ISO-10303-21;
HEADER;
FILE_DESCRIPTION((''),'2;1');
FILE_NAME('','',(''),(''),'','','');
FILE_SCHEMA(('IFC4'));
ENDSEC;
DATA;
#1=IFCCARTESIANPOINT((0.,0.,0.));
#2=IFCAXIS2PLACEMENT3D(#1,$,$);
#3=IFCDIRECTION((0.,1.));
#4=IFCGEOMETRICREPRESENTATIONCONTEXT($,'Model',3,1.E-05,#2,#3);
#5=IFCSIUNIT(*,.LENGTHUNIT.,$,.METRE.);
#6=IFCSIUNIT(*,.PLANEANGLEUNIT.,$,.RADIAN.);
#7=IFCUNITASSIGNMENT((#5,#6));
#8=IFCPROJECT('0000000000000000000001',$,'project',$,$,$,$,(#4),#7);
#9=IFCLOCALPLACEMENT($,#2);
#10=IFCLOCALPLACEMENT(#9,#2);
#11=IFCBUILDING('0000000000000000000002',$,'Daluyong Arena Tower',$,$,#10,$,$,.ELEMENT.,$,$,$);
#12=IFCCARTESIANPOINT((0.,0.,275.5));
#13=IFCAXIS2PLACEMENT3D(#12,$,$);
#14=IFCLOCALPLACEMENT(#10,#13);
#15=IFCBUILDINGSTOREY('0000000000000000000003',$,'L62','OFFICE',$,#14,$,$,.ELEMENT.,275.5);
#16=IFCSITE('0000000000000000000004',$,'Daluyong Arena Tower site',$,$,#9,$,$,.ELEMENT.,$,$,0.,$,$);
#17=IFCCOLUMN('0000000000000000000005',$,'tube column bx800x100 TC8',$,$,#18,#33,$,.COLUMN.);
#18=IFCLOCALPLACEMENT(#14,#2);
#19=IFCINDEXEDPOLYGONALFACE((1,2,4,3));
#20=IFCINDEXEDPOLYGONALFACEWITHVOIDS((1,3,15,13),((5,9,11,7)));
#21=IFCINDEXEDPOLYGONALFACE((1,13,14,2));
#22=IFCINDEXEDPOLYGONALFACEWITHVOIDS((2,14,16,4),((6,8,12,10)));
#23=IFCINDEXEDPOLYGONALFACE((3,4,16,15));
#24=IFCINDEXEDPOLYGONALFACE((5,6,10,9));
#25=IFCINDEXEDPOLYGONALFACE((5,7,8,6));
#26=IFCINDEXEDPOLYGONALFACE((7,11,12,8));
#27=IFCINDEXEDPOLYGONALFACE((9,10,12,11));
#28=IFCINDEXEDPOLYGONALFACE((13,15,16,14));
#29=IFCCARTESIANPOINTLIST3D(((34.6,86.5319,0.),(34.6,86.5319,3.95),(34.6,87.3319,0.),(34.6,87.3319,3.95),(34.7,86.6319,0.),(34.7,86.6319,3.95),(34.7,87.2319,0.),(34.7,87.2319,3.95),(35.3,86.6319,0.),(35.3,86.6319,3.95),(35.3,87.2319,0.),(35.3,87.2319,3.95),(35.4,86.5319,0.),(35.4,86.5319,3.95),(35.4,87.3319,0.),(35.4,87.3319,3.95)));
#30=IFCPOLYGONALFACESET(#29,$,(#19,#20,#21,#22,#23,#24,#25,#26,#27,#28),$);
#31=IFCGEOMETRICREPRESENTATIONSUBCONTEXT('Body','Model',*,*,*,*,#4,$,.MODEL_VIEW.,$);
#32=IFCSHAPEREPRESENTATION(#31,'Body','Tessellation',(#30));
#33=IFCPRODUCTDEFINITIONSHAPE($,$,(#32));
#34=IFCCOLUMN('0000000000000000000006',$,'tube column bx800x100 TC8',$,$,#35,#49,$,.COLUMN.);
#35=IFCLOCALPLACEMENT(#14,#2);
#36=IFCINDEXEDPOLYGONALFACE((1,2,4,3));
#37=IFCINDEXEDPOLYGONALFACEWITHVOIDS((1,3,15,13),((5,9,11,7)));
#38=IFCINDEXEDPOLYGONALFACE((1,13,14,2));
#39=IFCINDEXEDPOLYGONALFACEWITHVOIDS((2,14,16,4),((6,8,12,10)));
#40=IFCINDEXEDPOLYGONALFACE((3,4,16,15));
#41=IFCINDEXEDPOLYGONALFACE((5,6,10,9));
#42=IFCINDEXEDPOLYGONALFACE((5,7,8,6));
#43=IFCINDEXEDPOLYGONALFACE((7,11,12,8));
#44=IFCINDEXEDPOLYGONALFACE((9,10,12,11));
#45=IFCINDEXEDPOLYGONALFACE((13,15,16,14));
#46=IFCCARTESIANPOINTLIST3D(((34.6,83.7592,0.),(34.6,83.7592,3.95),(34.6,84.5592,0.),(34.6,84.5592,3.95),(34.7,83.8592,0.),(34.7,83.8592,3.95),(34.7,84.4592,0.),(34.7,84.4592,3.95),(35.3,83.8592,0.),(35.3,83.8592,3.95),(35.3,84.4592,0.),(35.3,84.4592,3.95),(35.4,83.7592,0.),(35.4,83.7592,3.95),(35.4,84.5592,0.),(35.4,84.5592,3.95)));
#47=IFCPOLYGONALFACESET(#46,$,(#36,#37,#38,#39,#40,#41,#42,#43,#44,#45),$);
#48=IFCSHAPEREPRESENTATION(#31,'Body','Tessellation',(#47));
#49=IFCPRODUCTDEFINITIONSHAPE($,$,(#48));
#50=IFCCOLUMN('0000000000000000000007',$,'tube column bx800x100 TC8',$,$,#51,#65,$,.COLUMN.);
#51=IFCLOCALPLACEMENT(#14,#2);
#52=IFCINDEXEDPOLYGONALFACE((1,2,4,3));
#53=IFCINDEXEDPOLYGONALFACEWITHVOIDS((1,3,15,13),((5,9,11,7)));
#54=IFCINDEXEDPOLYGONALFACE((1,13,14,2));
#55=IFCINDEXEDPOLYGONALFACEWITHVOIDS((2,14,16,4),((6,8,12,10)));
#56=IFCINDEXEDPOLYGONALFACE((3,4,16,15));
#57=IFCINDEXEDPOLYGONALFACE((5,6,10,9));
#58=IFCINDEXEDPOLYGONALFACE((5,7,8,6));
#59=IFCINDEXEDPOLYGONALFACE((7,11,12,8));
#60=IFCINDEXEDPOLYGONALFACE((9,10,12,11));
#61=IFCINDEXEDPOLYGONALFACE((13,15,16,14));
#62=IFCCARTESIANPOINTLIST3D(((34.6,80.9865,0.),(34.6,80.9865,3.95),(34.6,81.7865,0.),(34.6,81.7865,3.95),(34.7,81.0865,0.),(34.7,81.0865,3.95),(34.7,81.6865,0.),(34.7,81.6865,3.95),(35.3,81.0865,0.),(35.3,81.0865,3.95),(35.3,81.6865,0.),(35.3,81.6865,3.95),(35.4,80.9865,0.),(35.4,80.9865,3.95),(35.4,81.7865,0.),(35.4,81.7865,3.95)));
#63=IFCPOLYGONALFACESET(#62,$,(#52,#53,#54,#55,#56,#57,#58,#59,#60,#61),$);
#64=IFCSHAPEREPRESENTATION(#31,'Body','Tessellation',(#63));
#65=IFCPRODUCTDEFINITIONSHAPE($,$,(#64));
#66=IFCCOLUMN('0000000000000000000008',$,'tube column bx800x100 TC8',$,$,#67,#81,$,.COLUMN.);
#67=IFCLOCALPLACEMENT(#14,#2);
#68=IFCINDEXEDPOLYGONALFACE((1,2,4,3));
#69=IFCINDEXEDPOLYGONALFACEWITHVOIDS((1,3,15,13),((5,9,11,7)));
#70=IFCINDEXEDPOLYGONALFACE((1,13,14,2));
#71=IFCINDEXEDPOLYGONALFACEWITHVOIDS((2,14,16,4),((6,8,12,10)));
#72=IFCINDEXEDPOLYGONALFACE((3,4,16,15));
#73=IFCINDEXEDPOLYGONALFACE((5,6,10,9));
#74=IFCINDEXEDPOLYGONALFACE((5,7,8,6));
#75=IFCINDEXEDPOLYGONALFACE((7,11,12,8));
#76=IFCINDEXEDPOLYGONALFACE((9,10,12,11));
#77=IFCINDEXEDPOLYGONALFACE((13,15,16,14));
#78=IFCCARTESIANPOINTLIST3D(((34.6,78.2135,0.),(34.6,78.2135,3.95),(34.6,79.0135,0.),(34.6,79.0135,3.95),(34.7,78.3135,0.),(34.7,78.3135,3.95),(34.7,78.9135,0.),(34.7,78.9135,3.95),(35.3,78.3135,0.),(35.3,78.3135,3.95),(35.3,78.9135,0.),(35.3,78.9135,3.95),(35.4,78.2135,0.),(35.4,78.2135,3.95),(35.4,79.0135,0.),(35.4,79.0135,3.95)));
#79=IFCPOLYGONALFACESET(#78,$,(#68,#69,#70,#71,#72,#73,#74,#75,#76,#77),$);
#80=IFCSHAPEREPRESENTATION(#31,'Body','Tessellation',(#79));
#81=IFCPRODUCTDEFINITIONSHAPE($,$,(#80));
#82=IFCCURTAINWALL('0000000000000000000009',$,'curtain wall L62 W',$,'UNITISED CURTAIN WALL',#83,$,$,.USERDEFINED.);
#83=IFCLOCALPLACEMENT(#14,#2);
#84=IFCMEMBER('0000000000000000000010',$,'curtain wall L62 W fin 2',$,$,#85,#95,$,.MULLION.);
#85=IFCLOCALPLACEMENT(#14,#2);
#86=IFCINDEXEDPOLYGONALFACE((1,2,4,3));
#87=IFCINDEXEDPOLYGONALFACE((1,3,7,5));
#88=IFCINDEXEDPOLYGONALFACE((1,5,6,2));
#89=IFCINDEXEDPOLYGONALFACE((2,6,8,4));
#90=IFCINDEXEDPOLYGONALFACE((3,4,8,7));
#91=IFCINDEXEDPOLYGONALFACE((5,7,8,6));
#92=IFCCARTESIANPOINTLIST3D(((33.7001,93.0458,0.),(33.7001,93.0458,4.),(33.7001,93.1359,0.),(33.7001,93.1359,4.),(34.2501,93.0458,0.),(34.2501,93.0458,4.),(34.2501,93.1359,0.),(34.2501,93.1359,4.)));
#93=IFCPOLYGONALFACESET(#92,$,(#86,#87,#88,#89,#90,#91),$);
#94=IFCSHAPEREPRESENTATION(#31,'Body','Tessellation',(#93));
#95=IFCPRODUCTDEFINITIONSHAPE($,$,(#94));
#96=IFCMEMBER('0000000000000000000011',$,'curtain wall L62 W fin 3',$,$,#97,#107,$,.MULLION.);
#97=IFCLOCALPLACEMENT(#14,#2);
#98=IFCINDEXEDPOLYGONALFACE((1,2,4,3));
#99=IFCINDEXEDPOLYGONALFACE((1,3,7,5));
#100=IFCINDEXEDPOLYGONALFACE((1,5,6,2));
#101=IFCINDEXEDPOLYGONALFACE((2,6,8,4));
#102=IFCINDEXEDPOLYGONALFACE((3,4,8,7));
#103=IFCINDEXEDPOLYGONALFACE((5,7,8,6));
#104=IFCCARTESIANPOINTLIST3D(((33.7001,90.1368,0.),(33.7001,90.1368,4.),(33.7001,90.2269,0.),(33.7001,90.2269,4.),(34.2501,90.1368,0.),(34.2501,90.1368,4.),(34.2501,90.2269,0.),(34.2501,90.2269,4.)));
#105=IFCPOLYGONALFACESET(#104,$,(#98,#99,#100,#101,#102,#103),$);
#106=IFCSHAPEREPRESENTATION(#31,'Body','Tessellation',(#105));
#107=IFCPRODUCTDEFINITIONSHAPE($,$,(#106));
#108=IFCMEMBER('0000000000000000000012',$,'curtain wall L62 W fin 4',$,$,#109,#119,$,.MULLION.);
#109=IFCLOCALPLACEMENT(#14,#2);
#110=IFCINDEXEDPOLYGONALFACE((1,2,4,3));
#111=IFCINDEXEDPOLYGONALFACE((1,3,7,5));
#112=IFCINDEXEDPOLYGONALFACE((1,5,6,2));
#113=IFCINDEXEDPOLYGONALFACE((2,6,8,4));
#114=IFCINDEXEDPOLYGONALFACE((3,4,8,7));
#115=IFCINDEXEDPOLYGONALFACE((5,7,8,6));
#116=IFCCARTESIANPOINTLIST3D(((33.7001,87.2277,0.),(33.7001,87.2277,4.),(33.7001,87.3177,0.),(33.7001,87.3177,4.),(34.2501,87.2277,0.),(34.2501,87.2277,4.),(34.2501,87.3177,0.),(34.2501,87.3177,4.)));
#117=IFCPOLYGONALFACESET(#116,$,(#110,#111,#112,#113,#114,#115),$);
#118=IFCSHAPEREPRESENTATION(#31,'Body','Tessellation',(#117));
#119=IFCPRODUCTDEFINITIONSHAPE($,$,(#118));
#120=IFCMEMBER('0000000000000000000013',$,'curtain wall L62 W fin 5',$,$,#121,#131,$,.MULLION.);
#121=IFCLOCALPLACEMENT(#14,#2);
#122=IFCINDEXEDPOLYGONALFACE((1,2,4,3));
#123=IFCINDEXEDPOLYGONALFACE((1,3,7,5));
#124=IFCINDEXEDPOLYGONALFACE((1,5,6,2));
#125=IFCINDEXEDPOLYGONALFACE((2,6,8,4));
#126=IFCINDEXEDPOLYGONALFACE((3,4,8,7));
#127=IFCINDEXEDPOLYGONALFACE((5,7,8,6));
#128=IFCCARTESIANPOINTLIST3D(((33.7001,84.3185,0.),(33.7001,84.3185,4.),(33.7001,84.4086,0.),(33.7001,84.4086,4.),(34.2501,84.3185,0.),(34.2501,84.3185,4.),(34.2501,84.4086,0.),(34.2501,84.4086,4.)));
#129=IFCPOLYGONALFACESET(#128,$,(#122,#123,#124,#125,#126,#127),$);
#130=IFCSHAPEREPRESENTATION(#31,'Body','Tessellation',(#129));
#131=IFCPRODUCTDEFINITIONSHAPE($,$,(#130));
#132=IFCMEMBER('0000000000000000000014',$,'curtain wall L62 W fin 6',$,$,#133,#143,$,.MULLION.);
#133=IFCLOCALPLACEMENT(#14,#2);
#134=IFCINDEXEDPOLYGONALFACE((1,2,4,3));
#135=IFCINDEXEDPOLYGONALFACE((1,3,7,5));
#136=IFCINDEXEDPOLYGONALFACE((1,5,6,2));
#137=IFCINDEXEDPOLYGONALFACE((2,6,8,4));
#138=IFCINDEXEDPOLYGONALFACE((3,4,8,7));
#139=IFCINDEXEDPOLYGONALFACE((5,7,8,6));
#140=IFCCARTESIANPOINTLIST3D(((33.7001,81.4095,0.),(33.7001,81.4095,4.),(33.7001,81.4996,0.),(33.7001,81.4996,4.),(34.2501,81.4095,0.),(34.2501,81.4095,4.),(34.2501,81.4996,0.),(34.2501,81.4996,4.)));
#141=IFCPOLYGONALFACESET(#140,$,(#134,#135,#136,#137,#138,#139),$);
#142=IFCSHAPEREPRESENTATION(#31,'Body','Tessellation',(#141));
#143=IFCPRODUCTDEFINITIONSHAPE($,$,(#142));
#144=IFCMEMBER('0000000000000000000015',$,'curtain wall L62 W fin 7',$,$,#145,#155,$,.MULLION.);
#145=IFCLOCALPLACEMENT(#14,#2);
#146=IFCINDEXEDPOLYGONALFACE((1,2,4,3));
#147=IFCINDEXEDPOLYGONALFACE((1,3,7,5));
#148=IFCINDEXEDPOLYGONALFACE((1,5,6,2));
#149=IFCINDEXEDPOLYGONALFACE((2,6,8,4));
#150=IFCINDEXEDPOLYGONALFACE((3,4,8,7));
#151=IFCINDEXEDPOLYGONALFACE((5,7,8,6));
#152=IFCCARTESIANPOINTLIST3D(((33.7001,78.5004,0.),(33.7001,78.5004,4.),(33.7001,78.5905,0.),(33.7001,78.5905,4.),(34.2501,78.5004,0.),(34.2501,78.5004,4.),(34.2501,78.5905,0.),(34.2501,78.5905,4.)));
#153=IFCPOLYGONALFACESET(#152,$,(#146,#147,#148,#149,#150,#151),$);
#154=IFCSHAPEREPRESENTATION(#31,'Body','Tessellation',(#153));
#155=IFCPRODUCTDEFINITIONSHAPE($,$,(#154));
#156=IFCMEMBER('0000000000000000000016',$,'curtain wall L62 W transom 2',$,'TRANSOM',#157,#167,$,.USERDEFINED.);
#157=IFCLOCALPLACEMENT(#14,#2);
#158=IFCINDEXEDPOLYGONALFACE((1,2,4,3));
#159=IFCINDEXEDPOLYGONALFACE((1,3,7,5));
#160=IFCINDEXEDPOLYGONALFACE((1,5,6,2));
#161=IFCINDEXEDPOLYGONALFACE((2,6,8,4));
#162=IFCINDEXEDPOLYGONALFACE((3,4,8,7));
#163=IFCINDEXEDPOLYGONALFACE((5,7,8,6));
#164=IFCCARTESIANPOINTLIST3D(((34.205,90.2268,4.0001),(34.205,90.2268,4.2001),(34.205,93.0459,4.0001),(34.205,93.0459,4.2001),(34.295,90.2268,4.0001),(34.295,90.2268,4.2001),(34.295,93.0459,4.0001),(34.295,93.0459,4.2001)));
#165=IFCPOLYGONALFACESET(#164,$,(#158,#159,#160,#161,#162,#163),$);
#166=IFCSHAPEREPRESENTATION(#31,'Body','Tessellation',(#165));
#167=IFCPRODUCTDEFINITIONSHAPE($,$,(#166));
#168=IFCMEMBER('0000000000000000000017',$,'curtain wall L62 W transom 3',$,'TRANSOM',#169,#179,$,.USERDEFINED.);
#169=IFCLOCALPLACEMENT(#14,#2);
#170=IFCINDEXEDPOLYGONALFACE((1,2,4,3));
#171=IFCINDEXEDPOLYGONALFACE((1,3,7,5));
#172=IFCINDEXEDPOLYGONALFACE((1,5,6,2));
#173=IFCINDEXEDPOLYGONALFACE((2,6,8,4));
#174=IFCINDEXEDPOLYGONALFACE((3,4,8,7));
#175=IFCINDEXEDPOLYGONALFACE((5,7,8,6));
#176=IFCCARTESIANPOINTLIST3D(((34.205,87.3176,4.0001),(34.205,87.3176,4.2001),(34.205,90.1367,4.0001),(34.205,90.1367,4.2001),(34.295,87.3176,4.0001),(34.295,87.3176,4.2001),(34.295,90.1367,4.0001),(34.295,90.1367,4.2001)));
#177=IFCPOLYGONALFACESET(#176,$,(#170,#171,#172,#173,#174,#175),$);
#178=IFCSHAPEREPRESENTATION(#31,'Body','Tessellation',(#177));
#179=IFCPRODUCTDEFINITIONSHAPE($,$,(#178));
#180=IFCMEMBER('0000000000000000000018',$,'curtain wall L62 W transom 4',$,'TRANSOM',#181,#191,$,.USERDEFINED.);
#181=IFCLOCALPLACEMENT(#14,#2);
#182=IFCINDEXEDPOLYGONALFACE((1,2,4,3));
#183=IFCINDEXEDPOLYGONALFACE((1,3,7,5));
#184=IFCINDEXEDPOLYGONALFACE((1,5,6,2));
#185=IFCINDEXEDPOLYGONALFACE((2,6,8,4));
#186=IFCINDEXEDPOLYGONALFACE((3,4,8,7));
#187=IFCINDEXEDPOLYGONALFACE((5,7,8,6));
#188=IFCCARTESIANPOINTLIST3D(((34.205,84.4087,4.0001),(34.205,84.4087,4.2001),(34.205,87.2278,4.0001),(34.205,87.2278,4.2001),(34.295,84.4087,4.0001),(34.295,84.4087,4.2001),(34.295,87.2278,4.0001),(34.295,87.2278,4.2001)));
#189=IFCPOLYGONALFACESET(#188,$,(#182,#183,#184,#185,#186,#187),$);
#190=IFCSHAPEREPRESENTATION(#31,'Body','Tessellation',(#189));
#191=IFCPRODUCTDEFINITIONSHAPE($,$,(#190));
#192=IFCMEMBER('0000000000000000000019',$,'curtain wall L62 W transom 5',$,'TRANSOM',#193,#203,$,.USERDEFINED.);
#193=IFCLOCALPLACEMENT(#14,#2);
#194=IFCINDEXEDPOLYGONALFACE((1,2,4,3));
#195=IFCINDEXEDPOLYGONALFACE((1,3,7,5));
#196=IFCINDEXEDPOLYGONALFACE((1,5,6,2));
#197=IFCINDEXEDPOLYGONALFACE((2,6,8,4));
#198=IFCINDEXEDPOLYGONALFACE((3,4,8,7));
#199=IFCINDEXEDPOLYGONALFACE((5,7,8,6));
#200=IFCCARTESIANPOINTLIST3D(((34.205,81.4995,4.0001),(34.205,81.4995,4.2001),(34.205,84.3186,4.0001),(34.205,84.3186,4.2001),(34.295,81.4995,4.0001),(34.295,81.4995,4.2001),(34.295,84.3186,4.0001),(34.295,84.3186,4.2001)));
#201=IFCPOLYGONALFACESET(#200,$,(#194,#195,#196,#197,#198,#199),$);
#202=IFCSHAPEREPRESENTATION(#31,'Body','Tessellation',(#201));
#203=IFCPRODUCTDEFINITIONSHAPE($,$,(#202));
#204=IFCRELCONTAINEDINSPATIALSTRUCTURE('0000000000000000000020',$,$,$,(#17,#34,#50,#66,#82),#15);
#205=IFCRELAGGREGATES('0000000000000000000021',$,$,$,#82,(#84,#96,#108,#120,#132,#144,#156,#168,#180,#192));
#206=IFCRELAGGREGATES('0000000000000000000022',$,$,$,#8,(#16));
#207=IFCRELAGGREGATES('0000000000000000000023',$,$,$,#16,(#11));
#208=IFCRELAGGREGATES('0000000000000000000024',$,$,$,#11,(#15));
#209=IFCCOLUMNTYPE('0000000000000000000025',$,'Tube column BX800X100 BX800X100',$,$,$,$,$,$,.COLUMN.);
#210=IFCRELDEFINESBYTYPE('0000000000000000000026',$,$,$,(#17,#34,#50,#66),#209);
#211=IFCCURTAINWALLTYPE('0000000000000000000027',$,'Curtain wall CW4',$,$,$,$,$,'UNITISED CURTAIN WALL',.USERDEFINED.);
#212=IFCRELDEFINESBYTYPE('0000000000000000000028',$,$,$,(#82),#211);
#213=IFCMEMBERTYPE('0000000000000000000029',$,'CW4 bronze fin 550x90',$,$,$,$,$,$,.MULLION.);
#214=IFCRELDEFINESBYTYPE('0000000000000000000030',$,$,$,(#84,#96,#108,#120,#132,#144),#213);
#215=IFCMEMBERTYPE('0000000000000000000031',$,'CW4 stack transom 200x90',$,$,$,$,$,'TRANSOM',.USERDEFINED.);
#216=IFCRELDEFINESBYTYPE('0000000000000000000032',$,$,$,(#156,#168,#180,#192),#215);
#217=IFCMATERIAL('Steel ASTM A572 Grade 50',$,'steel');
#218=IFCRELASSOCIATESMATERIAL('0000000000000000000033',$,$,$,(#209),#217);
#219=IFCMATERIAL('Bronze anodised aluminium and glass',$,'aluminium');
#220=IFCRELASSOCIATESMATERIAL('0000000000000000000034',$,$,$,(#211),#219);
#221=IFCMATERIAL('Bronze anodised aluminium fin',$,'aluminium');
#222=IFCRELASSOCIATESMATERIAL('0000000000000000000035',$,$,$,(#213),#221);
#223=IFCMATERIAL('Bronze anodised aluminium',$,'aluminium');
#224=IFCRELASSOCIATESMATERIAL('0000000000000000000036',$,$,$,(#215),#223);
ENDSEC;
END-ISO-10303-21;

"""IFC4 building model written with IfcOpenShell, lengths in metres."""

from ifc_helpers import new_model, si_unit, direction, frame, origin, origin_2d, place, context, subcontext, project, spatial, rectangle, hollow_rectangle, extrude, material, material_profile, profile_set, type_object, element, aggregate, save


model = new_model("IFC4")

# Units and contexts
model_context = context("Model", 3, precision=1e-05, world=origin(), true_north=direction((0.0, 1.0)))
body_context = subcontext(model_context, "Body", "Model", "MODEL_VIEW")
ifc_project = project(units=[si_unit("LENGTHUNIT", "METRE"), si_unit("PLANEANGLEUNIT", "RADIAN")], contexts=[model_context])

# Site, building, storey
site_placement = place(None, origin())
site = spatial("IfcSite", under=ifc_project, at=site_placement, Name="Daluyong Arena Tower site", CompositionType="ELEMENT", RefElevation=0.0)
building_placement = place(site_placement, origin())
building = spatial("IfcBuilding", under=site, at=building_placement, Name="Daluyong Arena Tower", CompositionType="ELEMENT")
storey_placement = place(building_placement, frame((0.0, 0.0, 275.5)))
storey = spatial("IfcBuildingStorey", under=building, at=storey_placement, Name="L62", Description="OFFICE", CompositionType="ELEMENT", Elevation=275.5)

# Columns
ifc_material_1 = material(Name="Steel ASTM A572 Grade 50", Category="steel")
ifc_material_profile_1 = material_profile(ifc_material_1, hollow_rectangle(XDim=0.8, YDim=0.8, WallThickness=0.1, at=origin_2d()))
ifc_profile_set_1 = profile_set([ifc_material_profile_1], Name="Steel ASTM A572 Grade 50")
column_type = type_object("IfcColumnType", Name="Tube column BX800X100 BX800X100", PredefinedType="COLUMN", material=ifc_profile_set_1)
for number, where, z_axis, x_axis, name in (
    (1, (35.0, 86.9319, 0.0), (0.0, 0.0, 1.0), (0.0, 1.0, 0.0), "tube column bx800x100 TC8"),
    (2, (35.0, 84.1592, 0.0), (0.0, 0.0, 1.0), (0.0, 1.0, 0.0), "tube column bx800x100 TC8"),
    (3, (35.0, 81.3865, 0.0), (0.0, 0.0, 1.0), (0.0, 1.0, 0.0), "tube column bx800x100 TC8"),
    (4, (35.0, 78.6135, 0.0), (0.0, 0.0, 1.0), (0.0, 1.0, 0.0), "tube column bx800x100 TC8"),
):
    element("IfcColumn", number, at=place(storey_placement, frame(where, z_axis=z_axis, x_axis=x_axis)), inside=storey, type_object=column_type, Name=name, PredefinedType="COLUMN", context=body_context, shape_type="SweptSolid", body=[
        extrude(hollow_rectangle(XDim=0.8, YDim=0.8, WallThickness=0.1, at=origin_2d()), origin(), (0.0, 0.0, 1.0), 3.95),
    ])

# Curtain wall, members
ifc_material_2 = material(Name="Bronze anodised aluminium and glass", Category="aluminium")
curtain_wall_type = type_object("IfcCurtainWallType", Name="Curtain wall CW4", ElementType="UNITISED CURTAIN WALL", PredefinedType="USERDEFINED", material=ifc_material_2)
curtain_wall_placement = place(storey_placement, origin())
curtain_wall = element("IfcCurtainWall", 5, at=curtain_wall_placement, inside=storey, type_object=curtain_wall_type, Name="curtain wall L62 W", ObjectType="UNITISED CURTAIN WALL", PredefinedType="USERDEFINED")
ifc_material_3 = material(Name="Bronze anodised aluminium fin", Category="aluminium")
ifc_material_profile_2 = material_profile(ifc_material_3, rectangle(XDim=0.55, YDim=0.0901, at=origin_2d()))
ifc_profile_set_2 = profile_set([ifc_material_profile_2], Name="Bronze anodised aluminium fin")
member_type_1 = type_object("IfcMemberType", Name="CW4 bronze fin 550x90", PredefinedType="MULLION", material=ifc_profile_set_2)
member_1_placement = place(storey_placement, frame((33.9751, 93.0908, 0.0), z_axis=(0.0, 0.0, 1.0), x_axis=(1.0, 0.0, 0.0)))
member_1 = element("IfcMember", 6, at=member_1_placement, type_object=member_type_1, Name="curtain wall L62 W fin 2", PredefinedType="MULLION", context=body_context, shape_type="SweptSolid", body=[
    extrude(rectangle(XDim=0.55, YDim=0.0901, at=origin_2d()), origin(), (0.0, 0.0, 1.0), 4.0),
])
member_2_placement = place(storey_placement, frame((33.9751, 90.1819, 0.0), z_axis=(0.0, 0.0, 1.0), x_axis=(1.0, 0.0, 0.0)))
member_2 = element("IfcMember", 7, at=member_2_placement, type_object=member_type_1, Name="curtain wall L62 W fin 3", PredefinedType="MULLION", context=body_context, shape_type="SweptSolid", body=[
    extrude(rectangle(XDim=0.55, YDim=0.0901, at=origin_2d()), origin(), (0.0, 0.0, 1.0), 4.0),
])
member_3_placement = place(storey_placement, frame((33.9751, 87.2727, 0.0), z_axis=(0.0, 0.0, 1.0), x_axis=(1.0, 0.0, 0.0)))
member_3 = element("IfcMember", 8, at=member_3_placement, type_object=member_type_1, Name="curtain wall L62 W fin 4", PredefinedType="MULLION", context=body_context, shape_type="SweptSolid", body=[
    extrude(rectangle(XDim=0.55, YDim=0.0901, at=origin_2d()), origin(), (0.0, 0.0, 1.0), 4.0),
])
member_4_placement = place(storey_placement, frame((33.9751, 84.3635, 0.0), z_axis=(0.0, 0.0, 1.0), x_axis=(1.0, 0.0, 0.0)))
member_4 = element("IfcMember", 9, at=member_4_placement, type_object=member_type_1, Name="curtain wall L62 W fin 5", PredefinedType="MULLION", context=body_context, shape_type="SweptSolid", body=[
    extrude(rectangle(XDim=0.55, YDim=0.0901, at=origin_2d()), origin(), (0.0, 0.0, 1.0), 4.0),
])
member_5_placement = place(storey_placement, frame((33.9751, 81.4546, 0.0), z_axis=(0.0, 0.0, 1.0), x_axis=(1.0, 0.0, 0.0)))
member_5 = element("IfcMember", 10, at=member_5_placement, type_object=member_type_1, Name="curtain wall L62 W fin 6", PredefinedType="MULLION", context=body_context, shape_type="SweptSolid", body=[
    extrude(rectangle(XDim=0.55, YDim=0.0901, at=origin_2d()), origin(), (0.0, 0.0, 1.0), 4.0),
])
member_6_placement = place(storey_placement, frame((33.9751, 78.5454, 0.0), z_axis=(0.0, 0.0, 1.0), x_axis=(1.0, 0.0, 0.0)))
member_6 = element("IfcMember", 11, at=member_6_placement, type_object=member_type_1, Name="curtain wall L62 W fin 7", PredefinedType="MULLION", context=body_context, shape_type="SweptSolid", body=[
    extrude(rectangle(XDim=0.55, YDim=0.0901, at=origin_2d()), origin(), (0.0, 0.0, 1.0), 4.0),
])
ifc_material_4 = material(Name="Bronze anodised aluminium", Category="aluminium")
ifc_material_profile_3 = material_profile(ifc_material_4, rectangle(XDim=0.0901, YDim=0.2, at=origin_2d()))
ifc_profile_set_3 = profile_set([ifc_material_profile_3], Name="Bronze anodised aluminium")
member_type_2 = type_object("IfcMemberType", Name="CW4 stack transom 200x90", ElementType="TRANSOM", PredefinedType="USERDEFINED", material=ifc_profile_set_3)
member_7_placement = place(storey_placement, frame((34.25, 93.0459, 4.1001), z_axis=(0.0, -1.0, 0.0), x_axis=(1.0, 0.0, 0.0)))
member_7 = element("IfcMember", 12, at=member_7_placement, type_object=member_type_2, Name="curtain wall L62 W transom 2", ObjectType="TRANSOM", PredefinedType="USERDEFINED", context=body_context, shape_type="SweptSolid", body=[
    extrude(rectangle(XDim=0.0901, YDim=0.2, at=origin_2d()), origin(), (0.0, 0.0, 1.0), 2.8191),
])
member_8_placement = place(storey_placement, frame((34.25, 90.1367, 4.1001), z_axis=(0.0, -1.0, 0.0), x_axis=(1.0, 0.0, 0.0)))
member_8 = element("IfcMember", 13, at=member_8_placement, type_object=member_type_2, Name="curtain wall L62 W transom 3", ObjectType="TRANSOM", PredefinedType="USERDEFINED", context=body_context, shape_type="SweptSolid", body=[
    extrude(rectangle(XDim=0.0901, YDim=0.2, at=origin_2d()), origin(), (0.0, 0.0, 1.0), 2.8191),
])
member_9_placement = place(storey_placement, frame((34.25, 87.2278, 4.1001), z_axis=(0.0, -1.0, 0.0), x_axis=(1.0, 0.0, 0.0)))
member_9 = element("IfcMember", 14, at=member_9_placement, type_object=member_type_2, Name="curtain wall L62 W transom 4", ObjectType="TRANSOM", PredefinedType="USERDEFINED", context=body_context, shape_type="SweptSolid", body=[
    extrude(rectangle(XDim=0.0901, YDim=0.2, at=origin_2d()), origin(), (0.0, 0.0, 1.0), 2.8191),
])
member_10_placement = place(storey_placement, frame((34.25, 84.3186, 4.1001), z_axis=(0.0, -1.0, 0.0), x_axis=(1.0, 0.0, 0.0)))
member_10 = element("IfcMember", 15, at=member_10_placement, type_object=member_type_2, Name="curtain wall L62 W transom 5", ObjectType="TRANSOM", PredefinedType="USERDEFINED", context=body_context, shape_type="SweptSolid", body=[
    extrude(rectangle(XDim=0.0901, YDim=0.2, at=origin_2d()), origin(), (0.0, 0.0, 1.0), 2.8191),
])

aggregate(curtain_wall, [member_1, member_2, member_3, member_4, member_5, member_6, member_7, member_8, member_9, member_10])

save(model, "model.ifc")
